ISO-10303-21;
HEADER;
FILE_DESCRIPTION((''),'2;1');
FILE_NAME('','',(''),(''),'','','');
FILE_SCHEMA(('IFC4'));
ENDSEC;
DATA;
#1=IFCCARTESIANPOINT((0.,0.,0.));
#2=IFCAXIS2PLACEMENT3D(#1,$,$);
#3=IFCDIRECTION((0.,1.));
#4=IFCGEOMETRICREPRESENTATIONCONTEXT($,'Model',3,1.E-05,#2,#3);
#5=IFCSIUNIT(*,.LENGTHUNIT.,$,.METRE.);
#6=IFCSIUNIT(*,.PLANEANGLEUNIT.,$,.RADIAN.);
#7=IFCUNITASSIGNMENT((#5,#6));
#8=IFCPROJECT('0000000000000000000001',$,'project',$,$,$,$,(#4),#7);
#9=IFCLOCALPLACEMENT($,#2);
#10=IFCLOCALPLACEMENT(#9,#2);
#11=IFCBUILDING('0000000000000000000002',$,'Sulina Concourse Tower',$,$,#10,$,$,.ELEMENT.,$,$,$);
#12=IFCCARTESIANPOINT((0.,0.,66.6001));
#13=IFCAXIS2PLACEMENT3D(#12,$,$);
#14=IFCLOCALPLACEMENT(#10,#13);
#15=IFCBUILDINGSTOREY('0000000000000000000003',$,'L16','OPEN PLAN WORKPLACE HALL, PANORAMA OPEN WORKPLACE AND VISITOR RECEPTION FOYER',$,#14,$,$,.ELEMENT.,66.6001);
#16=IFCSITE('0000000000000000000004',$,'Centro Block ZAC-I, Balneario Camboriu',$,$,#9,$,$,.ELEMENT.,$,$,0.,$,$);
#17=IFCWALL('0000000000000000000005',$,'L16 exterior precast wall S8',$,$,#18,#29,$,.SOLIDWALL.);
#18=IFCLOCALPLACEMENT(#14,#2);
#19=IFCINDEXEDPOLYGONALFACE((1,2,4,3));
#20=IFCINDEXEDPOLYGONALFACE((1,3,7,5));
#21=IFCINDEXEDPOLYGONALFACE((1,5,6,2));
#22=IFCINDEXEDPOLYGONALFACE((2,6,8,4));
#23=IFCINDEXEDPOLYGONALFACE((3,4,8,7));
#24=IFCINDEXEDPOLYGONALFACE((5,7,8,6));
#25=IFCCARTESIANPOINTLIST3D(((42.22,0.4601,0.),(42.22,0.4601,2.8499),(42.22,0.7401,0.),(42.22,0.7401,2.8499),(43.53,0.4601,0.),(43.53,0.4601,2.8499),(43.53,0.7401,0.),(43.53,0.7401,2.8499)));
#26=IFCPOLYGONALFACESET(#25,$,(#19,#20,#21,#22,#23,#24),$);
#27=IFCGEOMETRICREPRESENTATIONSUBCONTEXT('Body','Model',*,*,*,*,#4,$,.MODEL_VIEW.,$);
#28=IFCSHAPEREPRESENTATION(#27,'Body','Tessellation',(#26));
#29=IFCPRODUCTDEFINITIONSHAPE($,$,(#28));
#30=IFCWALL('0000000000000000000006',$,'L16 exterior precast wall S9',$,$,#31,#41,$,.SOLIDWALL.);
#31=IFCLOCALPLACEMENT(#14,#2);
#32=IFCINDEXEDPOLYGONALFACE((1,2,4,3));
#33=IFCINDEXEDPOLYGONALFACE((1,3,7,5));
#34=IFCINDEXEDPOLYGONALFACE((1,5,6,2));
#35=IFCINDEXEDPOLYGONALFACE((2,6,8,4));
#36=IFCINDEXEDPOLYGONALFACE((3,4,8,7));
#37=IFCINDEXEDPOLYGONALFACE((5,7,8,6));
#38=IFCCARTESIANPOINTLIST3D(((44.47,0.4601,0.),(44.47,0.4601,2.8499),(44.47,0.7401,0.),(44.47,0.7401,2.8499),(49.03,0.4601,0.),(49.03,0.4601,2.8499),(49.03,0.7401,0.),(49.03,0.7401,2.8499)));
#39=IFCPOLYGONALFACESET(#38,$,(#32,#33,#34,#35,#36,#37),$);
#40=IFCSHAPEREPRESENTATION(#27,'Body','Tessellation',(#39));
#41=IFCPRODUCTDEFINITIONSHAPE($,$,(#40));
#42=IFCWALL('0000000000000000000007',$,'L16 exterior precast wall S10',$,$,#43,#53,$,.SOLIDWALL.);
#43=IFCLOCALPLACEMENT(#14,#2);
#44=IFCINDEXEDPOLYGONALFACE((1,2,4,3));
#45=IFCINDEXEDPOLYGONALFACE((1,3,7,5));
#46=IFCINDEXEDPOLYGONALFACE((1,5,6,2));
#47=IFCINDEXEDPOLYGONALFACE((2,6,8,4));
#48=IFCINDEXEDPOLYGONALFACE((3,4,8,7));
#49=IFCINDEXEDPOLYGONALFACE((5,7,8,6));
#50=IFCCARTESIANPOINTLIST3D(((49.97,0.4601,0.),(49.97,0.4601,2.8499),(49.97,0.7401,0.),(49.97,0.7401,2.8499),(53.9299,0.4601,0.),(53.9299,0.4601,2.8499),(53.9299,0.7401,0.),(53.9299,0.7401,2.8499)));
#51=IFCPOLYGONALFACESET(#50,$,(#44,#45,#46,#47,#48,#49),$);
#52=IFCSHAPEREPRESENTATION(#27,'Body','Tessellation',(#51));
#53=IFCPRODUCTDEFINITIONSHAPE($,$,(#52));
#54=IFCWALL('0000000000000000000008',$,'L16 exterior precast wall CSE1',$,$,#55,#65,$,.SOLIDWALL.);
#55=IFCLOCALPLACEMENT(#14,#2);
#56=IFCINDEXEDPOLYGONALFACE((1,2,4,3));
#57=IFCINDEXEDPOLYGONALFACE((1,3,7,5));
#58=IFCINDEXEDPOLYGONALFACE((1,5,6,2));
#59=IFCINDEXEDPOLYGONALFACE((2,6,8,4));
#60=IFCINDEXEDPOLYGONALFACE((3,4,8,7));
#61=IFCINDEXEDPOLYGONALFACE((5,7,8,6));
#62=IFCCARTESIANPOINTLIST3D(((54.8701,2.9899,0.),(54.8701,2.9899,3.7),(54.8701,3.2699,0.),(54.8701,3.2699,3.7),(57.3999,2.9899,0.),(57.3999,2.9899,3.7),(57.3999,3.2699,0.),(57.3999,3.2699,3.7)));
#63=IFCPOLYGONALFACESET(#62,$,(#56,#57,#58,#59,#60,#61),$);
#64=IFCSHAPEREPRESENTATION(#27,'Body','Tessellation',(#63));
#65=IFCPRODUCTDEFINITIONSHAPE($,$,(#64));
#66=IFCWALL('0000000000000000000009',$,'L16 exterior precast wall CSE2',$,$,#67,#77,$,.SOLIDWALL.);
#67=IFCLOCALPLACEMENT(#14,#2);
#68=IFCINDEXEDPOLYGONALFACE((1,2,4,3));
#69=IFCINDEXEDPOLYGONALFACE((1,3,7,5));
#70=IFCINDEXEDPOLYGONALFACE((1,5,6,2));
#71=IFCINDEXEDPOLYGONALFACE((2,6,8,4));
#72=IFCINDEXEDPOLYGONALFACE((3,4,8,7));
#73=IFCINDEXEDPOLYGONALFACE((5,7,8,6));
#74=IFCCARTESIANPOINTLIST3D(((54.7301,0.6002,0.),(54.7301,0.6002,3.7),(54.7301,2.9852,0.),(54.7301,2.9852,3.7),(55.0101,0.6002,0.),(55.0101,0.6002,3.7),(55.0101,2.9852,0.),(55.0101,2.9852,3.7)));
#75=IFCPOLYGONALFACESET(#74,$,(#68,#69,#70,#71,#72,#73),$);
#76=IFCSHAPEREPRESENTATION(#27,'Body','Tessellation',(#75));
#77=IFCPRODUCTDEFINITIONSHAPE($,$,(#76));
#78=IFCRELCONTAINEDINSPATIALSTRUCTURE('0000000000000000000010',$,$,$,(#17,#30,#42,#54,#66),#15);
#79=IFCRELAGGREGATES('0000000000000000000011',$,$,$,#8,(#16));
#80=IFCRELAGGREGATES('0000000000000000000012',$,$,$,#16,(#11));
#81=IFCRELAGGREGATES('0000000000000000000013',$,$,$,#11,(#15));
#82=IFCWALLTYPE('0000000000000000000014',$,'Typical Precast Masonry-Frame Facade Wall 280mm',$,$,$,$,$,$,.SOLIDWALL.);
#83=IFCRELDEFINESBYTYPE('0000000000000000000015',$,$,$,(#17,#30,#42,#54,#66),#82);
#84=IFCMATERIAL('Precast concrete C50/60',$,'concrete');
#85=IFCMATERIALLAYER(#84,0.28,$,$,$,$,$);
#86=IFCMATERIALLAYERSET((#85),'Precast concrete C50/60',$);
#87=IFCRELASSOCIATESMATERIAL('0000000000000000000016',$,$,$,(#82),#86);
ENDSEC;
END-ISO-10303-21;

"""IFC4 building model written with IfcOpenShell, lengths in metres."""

from ifc_helpers import new_model, si_unit, direction, frame, frame_2d, origin, place, context, subcontext, project, spatial, rectangle, extrude, material, layer, layer_set, type_object, element, save


model = new_model("IFC4")

# Units and contexts
model_context = context("Model", 3, precision=1e-05, world=origin(), true_north=direction((0.0, 1.0)))
body_context = subcontext(model_context, "Body", "Model", "MODEL_VIEW")
ifc_project = project(units=[si_unit("LENGTHUNIT", "METRE"), si_unit("PLANEANGLEUNIT", "RADIAN")], contexts=[model_context])

# Site, building, storey
site_placement = place(None, origin())
site = spatial("IfcSite", under=ifc_project, at=site_placement, Name="Centro Block ZAC-I, Balneario Camboriu", CompositionType="ELEMENT", RefElevation=0.0)
building_placement = place(site_placement, origin())
building = spatial("IfcBuilding", under=site, at=building_placement, Name="Sulina Concourse Tower", CompositionType="ELEMENT")
storey_placement = place(building_placement, frame((0.0, 0.0, 66.6001)))
storey = spatial("IfcBuildingStorey", under=building, at=storey_placement, Name="L16", Description="OPEN PLAN WORKPLACE HALL, PANORAMA OPEN WORKPLACE AND VISITOR RECEPTION FOYER", CompositionType="ELEMENT", Elevation=66.6001)

# Walls
ifc_material_1 = material(Name="Precast concrete C50/60", Category="concrete")
ifc_layer_1 = layer(ifc_material_1, 0.28)
ifc_layer_set_1 = layer_set([ifc_layer_1], Name="Precast concrete C50/60")
wall_type_1 = type_object("IfcWallType", Name="Typical Precast Masonry-Frame Facade Wall 280mm", PredefinedType="SOLIDWALL", material=ifc_layer_set_1)
wall_1_placement = place(storey_placement, frame((43.53, 0.6001, 0.0), z_axis=(0.0, 0.0, 1.0), x_axis=(-1.0, 0.0, 0.0)))
element("IfcWall", 1, at=wall_1_placement, inside=storey, type_object=wall_type_1, Name="L16 exterior precast wall S8", PredefinedType="SOLIDWALL", context=body_context, shape_type="SweptSolid", body=[
    extrude(rectangle(XDim=1.3101, YDim=0.28, at=frame_2d((0.655, 0.0))), origin(), (0.0, 0.0, 1.0), 2.8499),
])
wall_2_placement = place(storey_placement, frame((49.03, 0.6001, 0.0), z_axis=(0.0, 0.0, 1.0), x_axis=(-1.0, 0.0, 0.0)))
element("IfcWall", 2, at=wall_2_placement, inside=storey, type_object=wall_type_1, Name="L16 exterior precast wall S9", PredefinedType="SOLIDWALL", context=body_context, shape_type="SweptSolid", body=[
    extrude(rectangle(XDim=4.5601, YDim=0.28, at=frame_2d((2.28, 0.0))), origin(), (0.0, 0.0, 1.0), 2.8499),
])
wall_3_placement = place(storey_placement, frame((53.9299, 0.6001, 0.0), z_axis=(0.0, 0.0, 1.0), x_axis=(-1.0, 0.0, 0.0)))
element("IfcWall", 3, at=wall_3_placement, inside=storey, type_object=wall_type_1, Name="L16 exterior precast wall S10", PredefinedType="SOLIDWALL", context=body_context, shape_type="SweptSolid", body=[
    extrude(rectangle(XDim=3.96, YDim=0.28, at=frame_2d((1.98, 0.0))), origin(), (0.0, 0.0, 1.0), 2.8499),
])
wall_4_placement = place(storey_placement, frame((57.3999, 3.1299, 0.0), z_axis=(0.0, 0.0, 1.0), x_axis=(-1.0, 0.0, 0.0)))
element("IfcWall", 4, at=wall_4_placement, inside=storey, type_object=wall_type_1, Name="L16 exterior precast wall CSE1", PredefinedType="SOLIDWALL", context=body_context, shape_type="SweptSolid", body=[
    extrude(rectangle(XDim=2.5298, YDim=0.28, at=frame_2d((1.2649, 0.0))), origin(), (0.0, 0.0, 1.0), 3.7),
])
wall_5_placement = place(storey_placement, frame((54.8701, 2.9851, 0.0), z_axis=(0.0, 0.0, 1.0), x_axis=(0.0, -1.0, 0.0)))
element("IfcWall", 5, at=wall_5_placement, inside=storey, type_object=wall_type_1, Name="L16 exterior precast wall CSE2", PredefinedType="SOLIDWALL", context=body_context, shape_type="SweptSolid", body=[
    extrude(rectangle(XDim=2.385, YDim=0.28, at=frame_2d((1.1924, 0.0))), origin(), (0.0, 0.0, 1.0), 3.7),
])

save(model, "model.ifc")
